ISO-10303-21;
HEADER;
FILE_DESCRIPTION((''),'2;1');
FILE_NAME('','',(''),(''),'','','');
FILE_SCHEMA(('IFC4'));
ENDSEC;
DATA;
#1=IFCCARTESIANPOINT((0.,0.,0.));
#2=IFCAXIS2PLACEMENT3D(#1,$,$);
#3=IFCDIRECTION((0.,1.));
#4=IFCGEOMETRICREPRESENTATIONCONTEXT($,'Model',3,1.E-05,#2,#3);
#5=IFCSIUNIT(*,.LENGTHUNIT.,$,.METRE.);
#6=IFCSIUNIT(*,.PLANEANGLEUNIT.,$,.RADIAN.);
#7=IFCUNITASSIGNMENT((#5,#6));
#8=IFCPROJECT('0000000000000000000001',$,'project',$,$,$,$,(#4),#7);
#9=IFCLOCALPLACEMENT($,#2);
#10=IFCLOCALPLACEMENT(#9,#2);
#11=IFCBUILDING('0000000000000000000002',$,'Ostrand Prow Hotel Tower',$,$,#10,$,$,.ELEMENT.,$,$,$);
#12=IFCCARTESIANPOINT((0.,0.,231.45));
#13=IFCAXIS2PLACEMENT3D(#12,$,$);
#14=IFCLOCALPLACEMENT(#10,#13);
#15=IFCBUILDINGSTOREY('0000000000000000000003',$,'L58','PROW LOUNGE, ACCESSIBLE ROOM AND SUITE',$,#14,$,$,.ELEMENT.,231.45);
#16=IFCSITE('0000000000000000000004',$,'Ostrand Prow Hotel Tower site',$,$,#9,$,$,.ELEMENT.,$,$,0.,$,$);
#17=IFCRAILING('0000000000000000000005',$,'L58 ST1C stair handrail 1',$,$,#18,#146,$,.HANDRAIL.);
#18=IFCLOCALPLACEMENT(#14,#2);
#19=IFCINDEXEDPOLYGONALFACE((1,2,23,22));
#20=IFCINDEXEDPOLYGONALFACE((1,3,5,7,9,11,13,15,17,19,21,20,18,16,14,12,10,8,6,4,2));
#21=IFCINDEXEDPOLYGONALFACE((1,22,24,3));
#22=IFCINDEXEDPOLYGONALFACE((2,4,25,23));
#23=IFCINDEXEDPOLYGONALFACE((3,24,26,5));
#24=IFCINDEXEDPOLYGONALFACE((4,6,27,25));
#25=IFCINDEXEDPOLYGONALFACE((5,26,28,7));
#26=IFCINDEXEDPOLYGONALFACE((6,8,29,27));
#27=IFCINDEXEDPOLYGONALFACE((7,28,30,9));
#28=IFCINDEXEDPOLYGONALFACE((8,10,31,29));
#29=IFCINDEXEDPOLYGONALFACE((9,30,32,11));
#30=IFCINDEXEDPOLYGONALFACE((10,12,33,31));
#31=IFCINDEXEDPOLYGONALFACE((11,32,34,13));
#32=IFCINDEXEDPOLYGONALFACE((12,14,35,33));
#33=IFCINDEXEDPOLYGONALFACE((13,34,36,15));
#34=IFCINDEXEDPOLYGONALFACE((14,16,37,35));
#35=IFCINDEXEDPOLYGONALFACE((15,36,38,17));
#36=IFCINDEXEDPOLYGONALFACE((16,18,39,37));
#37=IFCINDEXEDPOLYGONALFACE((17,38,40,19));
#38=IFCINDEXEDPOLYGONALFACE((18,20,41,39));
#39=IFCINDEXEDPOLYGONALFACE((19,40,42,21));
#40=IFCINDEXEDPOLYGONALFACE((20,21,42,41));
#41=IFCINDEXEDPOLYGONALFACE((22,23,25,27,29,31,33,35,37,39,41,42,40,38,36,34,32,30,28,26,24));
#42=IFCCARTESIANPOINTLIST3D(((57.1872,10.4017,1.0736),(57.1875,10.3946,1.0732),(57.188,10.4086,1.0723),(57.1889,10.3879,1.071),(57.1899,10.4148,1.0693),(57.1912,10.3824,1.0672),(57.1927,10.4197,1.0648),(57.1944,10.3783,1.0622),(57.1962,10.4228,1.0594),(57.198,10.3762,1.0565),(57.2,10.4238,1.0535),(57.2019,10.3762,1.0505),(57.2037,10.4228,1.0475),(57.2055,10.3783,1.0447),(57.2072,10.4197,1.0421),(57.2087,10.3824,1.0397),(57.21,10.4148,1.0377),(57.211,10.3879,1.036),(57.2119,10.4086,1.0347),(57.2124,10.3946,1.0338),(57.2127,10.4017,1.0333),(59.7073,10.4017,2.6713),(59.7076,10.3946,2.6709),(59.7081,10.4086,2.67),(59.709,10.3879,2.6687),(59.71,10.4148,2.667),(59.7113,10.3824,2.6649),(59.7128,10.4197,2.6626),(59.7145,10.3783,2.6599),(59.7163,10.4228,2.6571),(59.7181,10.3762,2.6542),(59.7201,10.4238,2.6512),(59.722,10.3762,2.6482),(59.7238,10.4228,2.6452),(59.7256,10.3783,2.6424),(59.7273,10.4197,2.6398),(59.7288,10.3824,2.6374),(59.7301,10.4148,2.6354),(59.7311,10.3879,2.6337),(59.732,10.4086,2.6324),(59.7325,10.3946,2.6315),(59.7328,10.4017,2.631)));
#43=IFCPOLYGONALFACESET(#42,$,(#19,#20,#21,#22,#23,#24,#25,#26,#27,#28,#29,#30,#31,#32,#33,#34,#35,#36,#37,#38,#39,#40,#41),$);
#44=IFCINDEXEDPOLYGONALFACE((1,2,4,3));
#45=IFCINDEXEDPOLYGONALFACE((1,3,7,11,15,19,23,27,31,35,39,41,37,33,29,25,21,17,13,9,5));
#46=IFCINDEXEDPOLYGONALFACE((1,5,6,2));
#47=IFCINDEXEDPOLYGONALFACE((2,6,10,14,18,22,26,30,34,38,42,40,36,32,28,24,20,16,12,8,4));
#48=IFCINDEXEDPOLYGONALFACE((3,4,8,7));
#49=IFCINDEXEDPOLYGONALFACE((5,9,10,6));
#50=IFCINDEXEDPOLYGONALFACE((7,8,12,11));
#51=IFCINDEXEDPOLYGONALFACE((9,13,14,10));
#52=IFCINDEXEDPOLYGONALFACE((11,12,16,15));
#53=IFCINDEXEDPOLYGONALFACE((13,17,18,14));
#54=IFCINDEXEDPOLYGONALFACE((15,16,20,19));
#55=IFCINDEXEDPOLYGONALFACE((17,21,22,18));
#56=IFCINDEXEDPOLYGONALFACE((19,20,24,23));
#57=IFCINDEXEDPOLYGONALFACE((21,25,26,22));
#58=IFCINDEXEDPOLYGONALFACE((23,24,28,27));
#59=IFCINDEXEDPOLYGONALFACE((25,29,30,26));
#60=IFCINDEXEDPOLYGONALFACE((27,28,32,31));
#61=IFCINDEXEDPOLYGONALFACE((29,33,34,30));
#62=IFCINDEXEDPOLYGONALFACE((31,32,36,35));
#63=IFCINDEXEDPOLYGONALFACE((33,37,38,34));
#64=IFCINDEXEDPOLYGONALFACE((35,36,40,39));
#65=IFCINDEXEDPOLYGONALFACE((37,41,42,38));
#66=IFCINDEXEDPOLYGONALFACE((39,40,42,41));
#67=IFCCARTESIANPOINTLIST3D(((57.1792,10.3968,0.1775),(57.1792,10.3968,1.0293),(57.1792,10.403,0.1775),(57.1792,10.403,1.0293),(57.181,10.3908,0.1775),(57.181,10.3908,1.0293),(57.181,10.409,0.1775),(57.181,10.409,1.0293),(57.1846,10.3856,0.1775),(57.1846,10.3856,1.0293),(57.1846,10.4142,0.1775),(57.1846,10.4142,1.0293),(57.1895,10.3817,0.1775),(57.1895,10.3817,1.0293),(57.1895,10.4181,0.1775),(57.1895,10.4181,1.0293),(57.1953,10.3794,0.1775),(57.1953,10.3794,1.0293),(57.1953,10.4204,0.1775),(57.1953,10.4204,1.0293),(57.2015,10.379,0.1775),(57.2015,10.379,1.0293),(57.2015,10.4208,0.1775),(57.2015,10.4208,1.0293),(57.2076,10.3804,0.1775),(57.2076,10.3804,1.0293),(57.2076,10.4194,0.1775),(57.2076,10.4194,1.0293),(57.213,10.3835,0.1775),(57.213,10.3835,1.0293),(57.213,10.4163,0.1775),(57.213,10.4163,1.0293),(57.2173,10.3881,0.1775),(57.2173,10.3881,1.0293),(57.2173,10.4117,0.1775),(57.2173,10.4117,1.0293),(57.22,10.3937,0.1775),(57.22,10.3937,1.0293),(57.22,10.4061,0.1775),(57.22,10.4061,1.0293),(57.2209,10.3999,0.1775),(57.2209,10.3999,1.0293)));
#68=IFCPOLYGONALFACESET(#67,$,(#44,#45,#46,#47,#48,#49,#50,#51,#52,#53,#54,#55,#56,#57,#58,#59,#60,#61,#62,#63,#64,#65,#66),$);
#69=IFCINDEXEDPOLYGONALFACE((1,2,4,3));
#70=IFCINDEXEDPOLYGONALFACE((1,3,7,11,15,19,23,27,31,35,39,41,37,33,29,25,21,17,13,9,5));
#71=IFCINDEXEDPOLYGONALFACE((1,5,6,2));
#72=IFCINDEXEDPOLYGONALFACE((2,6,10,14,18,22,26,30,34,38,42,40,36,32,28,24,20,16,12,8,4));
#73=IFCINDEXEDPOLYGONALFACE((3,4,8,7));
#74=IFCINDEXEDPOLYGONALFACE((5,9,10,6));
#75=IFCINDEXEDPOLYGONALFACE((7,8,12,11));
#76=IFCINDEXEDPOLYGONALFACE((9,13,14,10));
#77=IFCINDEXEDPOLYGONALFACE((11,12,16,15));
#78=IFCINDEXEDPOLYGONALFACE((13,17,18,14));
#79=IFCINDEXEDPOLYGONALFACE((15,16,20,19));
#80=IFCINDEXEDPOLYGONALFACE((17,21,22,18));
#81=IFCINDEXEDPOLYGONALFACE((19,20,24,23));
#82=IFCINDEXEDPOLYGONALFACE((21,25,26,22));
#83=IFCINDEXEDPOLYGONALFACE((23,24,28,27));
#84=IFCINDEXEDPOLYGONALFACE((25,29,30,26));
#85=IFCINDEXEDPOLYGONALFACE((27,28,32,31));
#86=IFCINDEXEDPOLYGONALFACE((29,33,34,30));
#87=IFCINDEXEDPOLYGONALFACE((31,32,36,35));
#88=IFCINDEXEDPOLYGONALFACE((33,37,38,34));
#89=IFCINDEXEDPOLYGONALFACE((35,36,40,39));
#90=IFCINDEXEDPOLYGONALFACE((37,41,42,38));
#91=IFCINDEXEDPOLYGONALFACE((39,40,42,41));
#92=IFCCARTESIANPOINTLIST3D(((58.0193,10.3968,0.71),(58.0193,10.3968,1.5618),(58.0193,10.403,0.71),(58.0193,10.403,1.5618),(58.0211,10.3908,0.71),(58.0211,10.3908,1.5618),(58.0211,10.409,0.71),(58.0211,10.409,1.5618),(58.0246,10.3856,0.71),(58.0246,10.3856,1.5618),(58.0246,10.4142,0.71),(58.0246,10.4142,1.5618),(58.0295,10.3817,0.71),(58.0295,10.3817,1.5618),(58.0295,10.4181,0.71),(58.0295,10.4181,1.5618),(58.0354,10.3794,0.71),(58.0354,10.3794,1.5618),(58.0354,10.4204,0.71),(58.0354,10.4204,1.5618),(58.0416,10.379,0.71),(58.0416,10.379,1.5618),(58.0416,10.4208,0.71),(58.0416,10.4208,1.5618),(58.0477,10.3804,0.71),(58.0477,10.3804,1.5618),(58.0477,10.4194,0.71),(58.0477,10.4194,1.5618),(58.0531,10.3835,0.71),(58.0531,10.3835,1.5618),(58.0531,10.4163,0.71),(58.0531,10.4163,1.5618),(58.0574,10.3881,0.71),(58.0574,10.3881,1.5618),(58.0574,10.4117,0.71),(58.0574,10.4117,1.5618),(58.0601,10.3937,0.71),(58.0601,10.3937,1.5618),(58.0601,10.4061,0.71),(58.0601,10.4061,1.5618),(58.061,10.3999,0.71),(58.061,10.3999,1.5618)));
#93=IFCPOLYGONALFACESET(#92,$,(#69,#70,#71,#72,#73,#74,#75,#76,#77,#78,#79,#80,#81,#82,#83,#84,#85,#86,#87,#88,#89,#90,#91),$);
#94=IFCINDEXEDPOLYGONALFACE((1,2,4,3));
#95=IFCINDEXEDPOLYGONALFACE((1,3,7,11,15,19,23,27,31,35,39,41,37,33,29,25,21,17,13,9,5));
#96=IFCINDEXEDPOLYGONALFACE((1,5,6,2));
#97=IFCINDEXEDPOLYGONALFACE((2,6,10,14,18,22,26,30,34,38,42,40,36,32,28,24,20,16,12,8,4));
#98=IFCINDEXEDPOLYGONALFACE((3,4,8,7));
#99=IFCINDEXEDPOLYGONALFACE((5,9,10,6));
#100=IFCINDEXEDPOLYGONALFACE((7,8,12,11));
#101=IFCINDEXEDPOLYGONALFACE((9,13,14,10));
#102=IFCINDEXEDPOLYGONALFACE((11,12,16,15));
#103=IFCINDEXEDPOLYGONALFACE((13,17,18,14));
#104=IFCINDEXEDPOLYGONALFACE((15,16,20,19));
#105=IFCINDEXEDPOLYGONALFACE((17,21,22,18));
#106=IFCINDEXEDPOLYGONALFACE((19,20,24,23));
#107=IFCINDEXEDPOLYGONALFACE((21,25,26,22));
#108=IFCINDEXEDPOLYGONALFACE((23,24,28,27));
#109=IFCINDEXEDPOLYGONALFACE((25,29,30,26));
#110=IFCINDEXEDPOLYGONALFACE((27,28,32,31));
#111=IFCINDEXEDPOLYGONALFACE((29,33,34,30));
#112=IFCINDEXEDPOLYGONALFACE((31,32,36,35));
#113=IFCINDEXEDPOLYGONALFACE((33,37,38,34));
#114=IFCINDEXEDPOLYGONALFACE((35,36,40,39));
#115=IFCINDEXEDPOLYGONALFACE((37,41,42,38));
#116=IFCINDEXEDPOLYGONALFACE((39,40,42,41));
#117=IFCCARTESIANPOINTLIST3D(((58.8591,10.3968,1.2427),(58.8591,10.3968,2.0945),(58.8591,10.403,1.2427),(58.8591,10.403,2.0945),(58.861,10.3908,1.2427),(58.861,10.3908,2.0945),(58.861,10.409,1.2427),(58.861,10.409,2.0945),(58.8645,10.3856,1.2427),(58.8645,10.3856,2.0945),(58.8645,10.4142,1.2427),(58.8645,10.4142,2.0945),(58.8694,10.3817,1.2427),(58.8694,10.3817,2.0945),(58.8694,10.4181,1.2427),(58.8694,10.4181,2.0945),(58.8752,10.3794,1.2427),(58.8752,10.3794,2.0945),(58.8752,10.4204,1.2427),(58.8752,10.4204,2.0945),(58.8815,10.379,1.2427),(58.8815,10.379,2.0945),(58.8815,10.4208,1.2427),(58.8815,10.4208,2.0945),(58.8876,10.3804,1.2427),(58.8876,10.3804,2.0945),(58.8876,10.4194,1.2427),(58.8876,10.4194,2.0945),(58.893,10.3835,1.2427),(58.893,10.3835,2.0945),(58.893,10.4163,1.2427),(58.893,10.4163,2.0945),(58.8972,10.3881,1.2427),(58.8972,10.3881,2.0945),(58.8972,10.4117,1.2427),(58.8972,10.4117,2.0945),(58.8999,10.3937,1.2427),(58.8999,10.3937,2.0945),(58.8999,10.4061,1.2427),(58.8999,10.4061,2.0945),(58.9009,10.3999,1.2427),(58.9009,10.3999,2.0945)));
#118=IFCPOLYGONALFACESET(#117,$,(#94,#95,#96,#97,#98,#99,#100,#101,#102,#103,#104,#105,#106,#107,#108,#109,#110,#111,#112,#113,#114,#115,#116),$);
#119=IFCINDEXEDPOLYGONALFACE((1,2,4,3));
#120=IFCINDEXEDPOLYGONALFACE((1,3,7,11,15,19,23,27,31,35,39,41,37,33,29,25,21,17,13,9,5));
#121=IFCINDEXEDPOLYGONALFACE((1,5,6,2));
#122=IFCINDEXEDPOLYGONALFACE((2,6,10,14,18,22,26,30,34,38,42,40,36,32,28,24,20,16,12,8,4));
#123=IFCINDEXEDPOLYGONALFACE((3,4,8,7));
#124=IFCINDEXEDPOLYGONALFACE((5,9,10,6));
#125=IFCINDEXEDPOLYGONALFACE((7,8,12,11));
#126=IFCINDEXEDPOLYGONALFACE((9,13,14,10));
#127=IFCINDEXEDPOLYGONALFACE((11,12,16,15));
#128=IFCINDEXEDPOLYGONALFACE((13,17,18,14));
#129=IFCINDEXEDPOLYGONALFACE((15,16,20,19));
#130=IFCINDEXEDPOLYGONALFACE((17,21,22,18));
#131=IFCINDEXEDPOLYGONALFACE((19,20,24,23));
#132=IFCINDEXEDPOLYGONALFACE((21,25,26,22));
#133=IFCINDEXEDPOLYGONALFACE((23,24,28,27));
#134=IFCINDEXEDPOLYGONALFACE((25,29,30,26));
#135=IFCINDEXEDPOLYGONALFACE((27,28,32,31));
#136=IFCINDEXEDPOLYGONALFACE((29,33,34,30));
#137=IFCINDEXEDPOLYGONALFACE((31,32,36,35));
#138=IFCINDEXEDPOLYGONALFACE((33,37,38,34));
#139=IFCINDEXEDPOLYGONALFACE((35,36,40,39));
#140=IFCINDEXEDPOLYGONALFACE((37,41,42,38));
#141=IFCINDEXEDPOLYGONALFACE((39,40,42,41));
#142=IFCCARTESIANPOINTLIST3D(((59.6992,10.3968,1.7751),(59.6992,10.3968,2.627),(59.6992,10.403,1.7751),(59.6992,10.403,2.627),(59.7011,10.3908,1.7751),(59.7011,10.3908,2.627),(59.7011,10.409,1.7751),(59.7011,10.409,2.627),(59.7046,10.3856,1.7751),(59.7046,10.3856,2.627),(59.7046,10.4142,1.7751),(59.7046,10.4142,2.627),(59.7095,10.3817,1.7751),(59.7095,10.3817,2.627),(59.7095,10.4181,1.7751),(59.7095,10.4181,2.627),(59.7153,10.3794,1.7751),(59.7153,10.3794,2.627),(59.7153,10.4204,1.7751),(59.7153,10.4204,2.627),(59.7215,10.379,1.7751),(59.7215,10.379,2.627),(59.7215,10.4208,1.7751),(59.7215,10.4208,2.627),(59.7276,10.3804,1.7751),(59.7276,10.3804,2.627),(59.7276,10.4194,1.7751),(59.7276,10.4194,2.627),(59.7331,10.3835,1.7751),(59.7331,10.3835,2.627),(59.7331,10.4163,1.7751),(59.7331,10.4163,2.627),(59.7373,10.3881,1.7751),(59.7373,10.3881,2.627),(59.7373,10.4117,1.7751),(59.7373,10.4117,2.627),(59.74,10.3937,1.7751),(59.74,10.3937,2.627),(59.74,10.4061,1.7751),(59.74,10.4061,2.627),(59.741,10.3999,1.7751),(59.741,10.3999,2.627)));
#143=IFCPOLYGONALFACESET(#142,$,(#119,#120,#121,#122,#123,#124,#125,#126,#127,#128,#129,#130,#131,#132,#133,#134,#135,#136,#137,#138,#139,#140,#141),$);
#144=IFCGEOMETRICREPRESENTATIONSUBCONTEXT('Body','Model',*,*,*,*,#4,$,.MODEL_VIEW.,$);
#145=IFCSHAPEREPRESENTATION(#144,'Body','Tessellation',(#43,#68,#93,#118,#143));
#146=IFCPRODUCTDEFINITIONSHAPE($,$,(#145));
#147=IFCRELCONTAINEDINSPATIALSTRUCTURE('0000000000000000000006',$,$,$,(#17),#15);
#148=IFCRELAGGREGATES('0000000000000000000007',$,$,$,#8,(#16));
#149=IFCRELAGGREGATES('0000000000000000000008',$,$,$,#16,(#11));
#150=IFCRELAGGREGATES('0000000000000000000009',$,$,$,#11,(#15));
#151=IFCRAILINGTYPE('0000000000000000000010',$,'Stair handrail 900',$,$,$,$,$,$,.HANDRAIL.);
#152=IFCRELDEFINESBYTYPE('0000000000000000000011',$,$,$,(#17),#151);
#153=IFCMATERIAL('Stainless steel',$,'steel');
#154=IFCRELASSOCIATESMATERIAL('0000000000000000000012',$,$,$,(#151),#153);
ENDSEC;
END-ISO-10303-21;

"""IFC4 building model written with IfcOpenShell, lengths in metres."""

from ifc_helpers import new_model, si_unit, direction, frame, origin, origin_2d, place, context, subcontext, project, spatial, circle, extrude, material, type_object, element, save


model = new_model("IFC4")

# Units and contexts
model_context = context("Model", 3, precision=1e-05, world=origin(), true_north=direction((0.0, 1.0)))
body_context = subcontext(model_context, "Body", "Model", "MODEL_VIEW")
ifc_project = project(units=[si_unit("LENGTHUNIT", "METRE"), si_unit("PLANEANGLEUNIT", "RADIAN")], contexts=[model_context])

# Site, building, storey
site_placement = place(None, origin())
site = spatial("IfcSite", under=ifc_project, at=site_placement, Name="Ostrand Prow Hotel Tower site", CompositionType="ELEMENT", RefElevation=0.0)
building_placement = place(site_placement, origin())
building = spatial("IfcBuilding", under=site, at=building_placement, Name="Ostrand Prow Hotel Tower", CompositionType="ELEMENT")
storey_placement = place(building_placement, frame((0.0, 0.0, 231.45)))
storey = spatial("IfcBuildingStorey", under=building, at=storey_placement, Name="L58", Description="PROW LOUNGE, ACCESSIBLE ROOM AND SUITE", CompositionType="ELEMENT", Elevation=231.45)

# Railing
ifc_material_1 = material(Name="Stainless steel", Category="steel")
railing_type_1 = type_object("IfcRailingType", Name="Stair handrail 900", PredefinedType="HANDRAIL", material=ifc_material_1)
railing_1_placement = place(storey_placement, frame((57.2, 10.3999, 0.1775)))
element("IfcRailing", 1, at=railing_1_placement, inside=storey, type_object=railing_type_1, Name="L58 ST1C stair handrail 1", PredefinedType="HANDRAIL", context=body_context, shape_type="SweptSolid", body=[
    extrude(circle(Radius=0.0239, at=origin_2d()), frame((0.0, 0.0, 0.876), z_axis=(0.84457, 0.0, 0.535445), x_axis=(0.0, 1.0, 0.0)), (0.0, 0.0, 1.0), 2.9839),
    extrude(circle(Radius=0.021, at=origin_2d()), origin(), (0.0, 0.0, 1.0), 0.8518),
    extrude(circle(Radius=0.021, at=origin_2d()), frame((0.8401, 0.0, 0.5325)), (0.0, 0.0, 1.0), 0.8518),
    extrude(circle(Radius=0.021, at=origin_2d()), frame((1.6799, 0.0, 1.0652)), (0.0, 0.0, 1.0), 0.8518),
    extrude(circle(Radius=0.021, at=origin_2d()), frame((2.52, 0.0, 1.5977)), (0.0, 0.0, 1.0), 0.8518),
])

save(model, "model.ifc")
